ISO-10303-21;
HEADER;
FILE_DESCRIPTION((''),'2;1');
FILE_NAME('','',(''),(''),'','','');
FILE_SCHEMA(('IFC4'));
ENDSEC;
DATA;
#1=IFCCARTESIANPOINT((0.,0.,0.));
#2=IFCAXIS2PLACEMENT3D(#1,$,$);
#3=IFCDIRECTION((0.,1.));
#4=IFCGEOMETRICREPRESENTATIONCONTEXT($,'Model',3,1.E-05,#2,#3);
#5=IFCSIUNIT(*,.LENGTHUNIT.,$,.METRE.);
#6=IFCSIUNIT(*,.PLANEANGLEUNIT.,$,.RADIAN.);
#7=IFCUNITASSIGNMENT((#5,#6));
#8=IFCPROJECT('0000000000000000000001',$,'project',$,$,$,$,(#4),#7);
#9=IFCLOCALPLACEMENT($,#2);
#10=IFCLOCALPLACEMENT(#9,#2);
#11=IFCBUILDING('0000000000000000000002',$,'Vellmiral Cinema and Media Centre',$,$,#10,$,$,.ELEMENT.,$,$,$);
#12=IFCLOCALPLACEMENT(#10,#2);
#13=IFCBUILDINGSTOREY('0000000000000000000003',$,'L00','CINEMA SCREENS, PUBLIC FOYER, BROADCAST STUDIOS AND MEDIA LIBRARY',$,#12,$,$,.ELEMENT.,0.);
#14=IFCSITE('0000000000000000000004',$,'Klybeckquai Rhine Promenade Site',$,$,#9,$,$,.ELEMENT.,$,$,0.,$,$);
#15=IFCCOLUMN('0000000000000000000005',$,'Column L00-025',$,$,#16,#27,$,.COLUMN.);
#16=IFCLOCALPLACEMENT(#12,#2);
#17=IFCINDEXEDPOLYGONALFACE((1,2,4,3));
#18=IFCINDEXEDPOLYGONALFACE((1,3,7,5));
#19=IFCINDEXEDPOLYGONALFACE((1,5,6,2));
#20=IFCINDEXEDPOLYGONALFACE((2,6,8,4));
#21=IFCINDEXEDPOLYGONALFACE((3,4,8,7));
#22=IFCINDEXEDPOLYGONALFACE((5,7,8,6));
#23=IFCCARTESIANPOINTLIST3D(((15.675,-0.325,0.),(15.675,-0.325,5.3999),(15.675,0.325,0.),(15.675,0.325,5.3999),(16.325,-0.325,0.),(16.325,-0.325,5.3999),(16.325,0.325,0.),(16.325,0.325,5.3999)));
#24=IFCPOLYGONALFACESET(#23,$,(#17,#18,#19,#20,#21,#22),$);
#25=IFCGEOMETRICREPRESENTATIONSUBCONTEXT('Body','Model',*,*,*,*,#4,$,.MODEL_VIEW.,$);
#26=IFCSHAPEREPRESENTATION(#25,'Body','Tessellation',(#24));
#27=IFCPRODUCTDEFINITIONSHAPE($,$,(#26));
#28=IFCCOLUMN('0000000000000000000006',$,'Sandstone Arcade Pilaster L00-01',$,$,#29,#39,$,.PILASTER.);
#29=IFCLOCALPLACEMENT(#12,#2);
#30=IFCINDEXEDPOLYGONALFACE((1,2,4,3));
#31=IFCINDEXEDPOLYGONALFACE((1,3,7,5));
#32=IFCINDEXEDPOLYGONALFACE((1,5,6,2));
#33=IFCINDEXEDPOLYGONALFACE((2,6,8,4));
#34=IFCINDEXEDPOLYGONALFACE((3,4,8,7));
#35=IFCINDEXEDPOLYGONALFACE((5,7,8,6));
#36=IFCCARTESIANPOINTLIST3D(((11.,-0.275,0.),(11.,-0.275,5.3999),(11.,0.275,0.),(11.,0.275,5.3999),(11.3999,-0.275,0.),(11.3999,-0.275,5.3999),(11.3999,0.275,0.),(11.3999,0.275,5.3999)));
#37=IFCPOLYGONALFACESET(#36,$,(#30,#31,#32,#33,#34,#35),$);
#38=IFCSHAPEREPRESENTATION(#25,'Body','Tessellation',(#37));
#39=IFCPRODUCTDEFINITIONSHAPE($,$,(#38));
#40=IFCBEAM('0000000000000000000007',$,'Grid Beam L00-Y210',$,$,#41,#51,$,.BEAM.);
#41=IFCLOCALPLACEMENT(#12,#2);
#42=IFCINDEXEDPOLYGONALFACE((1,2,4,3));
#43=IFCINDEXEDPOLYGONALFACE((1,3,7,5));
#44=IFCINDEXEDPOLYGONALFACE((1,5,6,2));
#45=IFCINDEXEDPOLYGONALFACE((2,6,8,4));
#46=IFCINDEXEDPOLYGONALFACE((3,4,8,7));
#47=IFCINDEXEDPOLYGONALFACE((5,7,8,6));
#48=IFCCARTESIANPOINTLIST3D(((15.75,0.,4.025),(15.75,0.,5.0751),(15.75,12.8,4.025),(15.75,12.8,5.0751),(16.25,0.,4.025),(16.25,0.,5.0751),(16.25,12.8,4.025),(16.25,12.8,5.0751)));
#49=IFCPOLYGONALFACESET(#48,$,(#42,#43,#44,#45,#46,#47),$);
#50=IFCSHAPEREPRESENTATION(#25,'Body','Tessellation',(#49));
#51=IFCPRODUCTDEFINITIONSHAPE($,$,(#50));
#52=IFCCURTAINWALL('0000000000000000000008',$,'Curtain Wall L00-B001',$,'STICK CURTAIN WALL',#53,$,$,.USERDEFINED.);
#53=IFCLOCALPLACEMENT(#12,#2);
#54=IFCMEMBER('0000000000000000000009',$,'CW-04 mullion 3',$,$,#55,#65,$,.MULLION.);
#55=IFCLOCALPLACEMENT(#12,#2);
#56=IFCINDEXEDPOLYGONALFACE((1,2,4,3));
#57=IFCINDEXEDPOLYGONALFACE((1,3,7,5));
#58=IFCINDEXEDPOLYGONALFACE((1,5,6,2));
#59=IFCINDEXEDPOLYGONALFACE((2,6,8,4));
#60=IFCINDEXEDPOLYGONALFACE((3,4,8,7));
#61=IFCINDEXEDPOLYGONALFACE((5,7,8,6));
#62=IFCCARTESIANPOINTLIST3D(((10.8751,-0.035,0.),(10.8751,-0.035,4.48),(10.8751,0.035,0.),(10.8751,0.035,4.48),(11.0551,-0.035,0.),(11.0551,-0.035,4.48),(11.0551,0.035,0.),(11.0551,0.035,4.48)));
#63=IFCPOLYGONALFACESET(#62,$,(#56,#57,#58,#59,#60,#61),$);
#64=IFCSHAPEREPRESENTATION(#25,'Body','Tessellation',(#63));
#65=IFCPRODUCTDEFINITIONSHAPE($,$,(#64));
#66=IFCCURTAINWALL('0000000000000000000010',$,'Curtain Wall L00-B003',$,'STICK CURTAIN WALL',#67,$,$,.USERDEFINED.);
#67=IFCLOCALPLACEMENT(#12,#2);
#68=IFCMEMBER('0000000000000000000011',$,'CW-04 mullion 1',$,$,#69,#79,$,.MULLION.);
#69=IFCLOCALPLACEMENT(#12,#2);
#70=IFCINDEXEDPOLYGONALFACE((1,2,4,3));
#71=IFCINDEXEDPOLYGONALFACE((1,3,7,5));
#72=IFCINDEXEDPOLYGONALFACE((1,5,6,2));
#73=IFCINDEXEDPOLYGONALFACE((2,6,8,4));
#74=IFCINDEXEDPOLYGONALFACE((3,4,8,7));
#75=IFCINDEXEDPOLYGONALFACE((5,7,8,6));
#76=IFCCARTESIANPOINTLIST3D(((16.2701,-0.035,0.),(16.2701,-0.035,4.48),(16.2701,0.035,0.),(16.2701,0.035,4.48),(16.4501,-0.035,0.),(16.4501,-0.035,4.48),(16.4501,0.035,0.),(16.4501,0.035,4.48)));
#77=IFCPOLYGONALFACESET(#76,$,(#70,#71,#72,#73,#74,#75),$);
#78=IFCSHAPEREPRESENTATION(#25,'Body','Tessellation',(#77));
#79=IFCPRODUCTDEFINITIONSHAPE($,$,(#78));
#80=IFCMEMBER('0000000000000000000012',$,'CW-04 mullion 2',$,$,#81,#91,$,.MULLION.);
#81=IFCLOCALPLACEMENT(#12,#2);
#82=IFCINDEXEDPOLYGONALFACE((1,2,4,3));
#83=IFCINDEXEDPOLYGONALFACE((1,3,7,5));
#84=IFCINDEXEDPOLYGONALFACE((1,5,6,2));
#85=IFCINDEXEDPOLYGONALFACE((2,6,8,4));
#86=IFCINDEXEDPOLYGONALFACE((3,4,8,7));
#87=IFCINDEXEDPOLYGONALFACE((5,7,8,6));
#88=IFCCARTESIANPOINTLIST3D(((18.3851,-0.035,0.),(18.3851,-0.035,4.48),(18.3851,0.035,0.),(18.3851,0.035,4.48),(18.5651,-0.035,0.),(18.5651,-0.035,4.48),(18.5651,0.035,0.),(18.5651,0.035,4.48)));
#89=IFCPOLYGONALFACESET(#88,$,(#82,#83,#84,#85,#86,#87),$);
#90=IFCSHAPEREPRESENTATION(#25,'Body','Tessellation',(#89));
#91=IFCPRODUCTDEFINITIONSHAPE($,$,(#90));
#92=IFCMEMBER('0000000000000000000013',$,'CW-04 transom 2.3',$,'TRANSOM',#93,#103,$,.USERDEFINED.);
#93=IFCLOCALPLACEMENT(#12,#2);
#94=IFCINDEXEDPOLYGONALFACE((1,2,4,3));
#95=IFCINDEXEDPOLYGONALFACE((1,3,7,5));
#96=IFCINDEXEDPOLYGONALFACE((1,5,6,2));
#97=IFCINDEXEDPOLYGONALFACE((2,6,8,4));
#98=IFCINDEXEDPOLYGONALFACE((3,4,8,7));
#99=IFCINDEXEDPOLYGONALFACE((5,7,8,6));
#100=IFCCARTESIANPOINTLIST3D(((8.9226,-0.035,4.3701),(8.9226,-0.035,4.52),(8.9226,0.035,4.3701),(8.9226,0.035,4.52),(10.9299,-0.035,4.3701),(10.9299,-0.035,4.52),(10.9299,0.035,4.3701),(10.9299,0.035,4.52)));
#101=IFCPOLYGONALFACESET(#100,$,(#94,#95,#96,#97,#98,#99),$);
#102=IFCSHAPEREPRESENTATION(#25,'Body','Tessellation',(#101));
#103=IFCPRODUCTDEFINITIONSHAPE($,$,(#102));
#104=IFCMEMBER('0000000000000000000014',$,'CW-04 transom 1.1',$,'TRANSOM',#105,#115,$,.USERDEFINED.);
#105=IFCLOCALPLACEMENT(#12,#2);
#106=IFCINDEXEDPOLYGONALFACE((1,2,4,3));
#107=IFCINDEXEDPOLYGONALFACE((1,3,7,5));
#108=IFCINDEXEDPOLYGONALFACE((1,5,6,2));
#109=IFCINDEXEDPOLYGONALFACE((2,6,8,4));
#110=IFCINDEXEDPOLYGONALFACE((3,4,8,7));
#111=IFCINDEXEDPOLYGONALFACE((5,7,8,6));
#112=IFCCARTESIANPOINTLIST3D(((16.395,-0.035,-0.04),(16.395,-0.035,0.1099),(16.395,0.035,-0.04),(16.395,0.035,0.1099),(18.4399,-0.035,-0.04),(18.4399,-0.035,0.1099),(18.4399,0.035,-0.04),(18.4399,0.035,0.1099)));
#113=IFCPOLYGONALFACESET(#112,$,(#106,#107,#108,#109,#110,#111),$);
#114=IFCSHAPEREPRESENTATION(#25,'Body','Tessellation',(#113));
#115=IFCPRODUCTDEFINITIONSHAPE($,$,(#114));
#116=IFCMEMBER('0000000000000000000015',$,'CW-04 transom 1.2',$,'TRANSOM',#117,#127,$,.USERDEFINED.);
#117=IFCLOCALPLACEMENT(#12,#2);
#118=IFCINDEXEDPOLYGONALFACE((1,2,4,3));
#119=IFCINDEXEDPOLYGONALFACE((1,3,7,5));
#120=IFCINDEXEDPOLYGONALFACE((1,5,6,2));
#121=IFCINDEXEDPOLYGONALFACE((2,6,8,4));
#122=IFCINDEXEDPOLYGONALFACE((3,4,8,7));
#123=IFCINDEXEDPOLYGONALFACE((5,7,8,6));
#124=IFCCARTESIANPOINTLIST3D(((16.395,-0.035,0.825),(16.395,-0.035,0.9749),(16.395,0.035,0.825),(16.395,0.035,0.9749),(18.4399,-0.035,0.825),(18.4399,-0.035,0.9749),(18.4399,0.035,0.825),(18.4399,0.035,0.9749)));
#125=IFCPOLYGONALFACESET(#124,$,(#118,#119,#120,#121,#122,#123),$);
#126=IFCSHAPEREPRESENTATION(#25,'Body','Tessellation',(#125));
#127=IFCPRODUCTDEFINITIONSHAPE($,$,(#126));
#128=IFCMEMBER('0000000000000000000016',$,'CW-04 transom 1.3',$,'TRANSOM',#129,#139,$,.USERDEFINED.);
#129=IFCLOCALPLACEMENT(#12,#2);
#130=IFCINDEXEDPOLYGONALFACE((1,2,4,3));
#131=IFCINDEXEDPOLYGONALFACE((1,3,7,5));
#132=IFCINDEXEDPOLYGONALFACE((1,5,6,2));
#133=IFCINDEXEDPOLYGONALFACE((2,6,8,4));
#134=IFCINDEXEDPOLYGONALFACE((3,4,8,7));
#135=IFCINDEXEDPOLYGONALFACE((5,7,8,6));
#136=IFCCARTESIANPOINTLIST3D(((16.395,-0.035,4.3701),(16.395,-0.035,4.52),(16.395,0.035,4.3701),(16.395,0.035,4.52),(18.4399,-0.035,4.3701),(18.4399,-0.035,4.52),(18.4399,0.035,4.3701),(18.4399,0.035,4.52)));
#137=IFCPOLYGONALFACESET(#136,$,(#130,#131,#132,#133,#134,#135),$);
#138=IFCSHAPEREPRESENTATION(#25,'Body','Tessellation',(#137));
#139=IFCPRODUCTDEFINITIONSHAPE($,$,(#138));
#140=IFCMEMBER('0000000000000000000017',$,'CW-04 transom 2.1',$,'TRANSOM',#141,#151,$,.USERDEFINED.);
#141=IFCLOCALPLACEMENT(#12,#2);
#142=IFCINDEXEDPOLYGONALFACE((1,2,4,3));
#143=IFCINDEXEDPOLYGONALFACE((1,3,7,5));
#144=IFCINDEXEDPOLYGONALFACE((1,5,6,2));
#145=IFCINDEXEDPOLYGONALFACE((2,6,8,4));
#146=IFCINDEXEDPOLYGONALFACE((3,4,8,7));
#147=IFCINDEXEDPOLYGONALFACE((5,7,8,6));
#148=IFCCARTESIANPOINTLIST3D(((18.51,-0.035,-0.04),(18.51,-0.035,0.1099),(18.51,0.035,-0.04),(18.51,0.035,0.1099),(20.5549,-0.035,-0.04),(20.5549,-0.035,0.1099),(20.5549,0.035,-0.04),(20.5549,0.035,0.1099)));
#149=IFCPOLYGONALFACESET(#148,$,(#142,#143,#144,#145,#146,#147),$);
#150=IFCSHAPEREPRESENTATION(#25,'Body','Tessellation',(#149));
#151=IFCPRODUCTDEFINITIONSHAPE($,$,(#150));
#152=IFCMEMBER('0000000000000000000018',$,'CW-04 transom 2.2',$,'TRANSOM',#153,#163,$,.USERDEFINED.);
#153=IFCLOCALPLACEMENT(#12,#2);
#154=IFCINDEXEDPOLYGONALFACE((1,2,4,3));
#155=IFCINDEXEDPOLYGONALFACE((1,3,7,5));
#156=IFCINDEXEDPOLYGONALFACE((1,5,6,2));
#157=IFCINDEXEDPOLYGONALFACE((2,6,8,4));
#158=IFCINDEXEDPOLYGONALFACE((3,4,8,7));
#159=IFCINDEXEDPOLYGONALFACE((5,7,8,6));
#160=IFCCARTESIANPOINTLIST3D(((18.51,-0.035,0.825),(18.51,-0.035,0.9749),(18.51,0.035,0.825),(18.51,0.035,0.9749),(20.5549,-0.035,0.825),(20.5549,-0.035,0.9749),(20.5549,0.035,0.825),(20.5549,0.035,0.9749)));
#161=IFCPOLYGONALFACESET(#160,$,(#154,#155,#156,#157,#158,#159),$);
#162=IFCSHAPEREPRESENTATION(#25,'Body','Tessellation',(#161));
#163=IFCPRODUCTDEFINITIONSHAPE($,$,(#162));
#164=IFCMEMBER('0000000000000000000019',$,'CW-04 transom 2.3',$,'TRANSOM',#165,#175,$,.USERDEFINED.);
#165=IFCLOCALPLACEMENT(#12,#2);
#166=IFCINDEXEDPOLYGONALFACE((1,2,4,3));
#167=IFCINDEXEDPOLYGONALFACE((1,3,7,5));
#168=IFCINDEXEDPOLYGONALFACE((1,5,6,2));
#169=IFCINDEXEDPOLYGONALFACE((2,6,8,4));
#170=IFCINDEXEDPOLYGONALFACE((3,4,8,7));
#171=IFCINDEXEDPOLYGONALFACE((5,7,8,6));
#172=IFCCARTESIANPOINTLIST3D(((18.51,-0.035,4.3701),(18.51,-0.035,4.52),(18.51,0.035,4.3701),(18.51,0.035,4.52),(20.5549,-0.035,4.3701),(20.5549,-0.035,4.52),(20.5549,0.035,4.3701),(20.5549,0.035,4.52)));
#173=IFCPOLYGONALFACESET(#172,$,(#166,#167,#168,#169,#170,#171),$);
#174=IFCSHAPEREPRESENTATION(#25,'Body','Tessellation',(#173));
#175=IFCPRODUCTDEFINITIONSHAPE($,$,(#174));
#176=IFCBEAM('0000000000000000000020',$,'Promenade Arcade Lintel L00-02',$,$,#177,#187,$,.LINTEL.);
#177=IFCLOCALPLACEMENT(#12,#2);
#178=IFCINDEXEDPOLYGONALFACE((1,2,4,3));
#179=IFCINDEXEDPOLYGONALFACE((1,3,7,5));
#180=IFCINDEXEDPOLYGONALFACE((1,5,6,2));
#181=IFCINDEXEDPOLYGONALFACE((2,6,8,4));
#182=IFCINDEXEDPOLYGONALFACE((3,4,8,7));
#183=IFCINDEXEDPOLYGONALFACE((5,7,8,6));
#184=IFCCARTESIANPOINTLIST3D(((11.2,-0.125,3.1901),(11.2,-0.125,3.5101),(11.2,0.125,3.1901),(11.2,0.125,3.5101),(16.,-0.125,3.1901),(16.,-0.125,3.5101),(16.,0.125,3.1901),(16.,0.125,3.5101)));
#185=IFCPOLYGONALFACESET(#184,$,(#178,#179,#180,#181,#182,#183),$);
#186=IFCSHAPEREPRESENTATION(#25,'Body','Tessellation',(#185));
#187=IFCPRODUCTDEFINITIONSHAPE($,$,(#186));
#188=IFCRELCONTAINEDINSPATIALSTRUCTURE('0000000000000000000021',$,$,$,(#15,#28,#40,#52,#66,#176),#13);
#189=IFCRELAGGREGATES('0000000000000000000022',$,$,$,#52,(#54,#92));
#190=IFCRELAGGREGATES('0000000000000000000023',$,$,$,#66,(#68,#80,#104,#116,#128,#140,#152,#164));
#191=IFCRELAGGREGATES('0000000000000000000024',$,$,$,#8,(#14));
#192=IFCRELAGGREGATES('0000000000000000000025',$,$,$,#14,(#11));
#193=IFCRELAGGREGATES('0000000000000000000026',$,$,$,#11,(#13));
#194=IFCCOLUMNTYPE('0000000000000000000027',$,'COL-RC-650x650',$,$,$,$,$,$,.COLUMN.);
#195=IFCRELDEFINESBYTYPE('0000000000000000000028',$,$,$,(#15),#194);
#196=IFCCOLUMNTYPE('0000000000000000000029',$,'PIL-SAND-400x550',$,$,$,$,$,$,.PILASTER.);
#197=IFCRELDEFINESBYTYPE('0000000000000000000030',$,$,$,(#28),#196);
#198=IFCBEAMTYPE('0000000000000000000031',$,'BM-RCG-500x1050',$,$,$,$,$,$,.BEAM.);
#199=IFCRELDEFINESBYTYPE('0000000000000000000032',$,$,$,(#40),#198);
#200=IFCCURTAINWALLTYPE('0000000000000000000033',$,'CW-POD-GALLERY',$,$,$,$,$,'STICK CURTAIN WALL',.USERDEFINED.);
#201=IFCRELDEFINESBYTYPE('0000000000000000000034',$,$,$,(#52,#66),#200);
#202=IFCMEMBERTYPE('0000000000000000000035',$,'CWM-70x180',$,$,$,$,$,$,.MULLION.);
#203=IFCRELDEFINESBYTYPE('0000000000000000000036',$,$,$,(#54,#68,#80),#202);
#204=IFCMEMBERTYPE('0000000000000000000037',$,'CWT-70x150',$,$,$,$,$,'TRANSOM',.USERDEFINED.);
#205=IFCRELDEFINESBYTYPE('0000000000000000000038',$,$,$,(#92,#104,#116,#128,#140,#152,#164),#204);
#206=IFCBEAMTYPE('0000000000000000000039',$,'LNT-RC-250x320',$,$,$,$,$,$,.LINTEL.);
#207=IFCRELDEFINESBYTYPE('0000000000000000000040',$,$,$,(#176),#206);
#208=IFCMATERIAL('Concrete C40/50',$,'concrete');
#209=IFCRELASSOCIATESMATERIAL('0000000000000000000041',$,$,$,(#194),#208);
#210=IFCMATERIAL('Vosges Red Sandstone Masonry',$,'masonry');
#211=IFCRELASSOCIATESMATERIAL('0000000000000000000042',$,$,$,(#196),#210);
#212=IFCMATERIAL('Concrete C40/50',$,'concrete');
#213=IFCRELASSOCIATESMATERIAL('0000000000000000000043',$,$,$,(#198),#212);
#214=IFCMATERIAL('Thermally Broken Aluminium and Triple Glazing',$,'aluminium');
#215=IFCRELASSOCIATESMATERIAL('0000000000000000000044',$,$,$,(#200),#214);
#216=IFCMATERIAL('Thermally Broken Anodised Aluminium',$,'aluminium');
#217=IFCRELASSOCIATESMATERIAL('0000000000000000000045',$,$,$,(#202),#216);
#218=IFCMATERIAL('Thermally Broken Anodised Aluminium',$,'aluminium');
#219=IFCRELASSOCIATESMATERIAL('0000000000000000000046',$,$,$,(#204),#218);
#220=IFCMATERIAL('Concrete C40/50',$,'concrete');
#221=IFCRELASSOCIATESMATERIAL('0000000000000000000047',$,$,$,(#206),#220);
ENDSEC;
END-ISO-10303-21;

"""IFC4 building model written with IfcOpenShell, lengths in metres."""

from ifc_helpers import new_model, si_unit, direction, frame, origin, origin_2d, place, context, subcontext, project, spatial, rectangle, extrude, material, material_profile, profile_set, type_object, element, aggregate, save


model = new_model("IFC4")

# Units and contexts
model_context = context("Model", 3, precision=1e-05, world=origin(), true_north=direction((0.0, 1.0)))
body_context = subcontext(model_context, "Body", "Model", "MODEL_VIEW")
ifc_project = project(units=[si_unit("LENGTHUNIT", "METRE"), si_unit("PLANEANGLEUNIT", "RADIAN")], contexts=[model_context])

# Site, building, storey
site_placement = place(None, origin())
site = spatial("IfcSite", under=ifc_project, at=site_placement, Name="Klybeckquai Rhine Promenade Site", CompositionType="ELEMENT", RefElevation=0.0)
building_placement = place(site_placement, origin())
building = spatial("IfcBuilding", under=site, at=building_placement, Name="Vellmiral Cinema and Media Centre", CompositionType="ELEMENT")
storey_placement = place(building_placement, origin())
storey = spatial("IfcBuildingStorey", under=building, at=storey_placement, Name="L00", Description="CINEMA SCREENS, PUBLIC FOYER, BROADCAST STUDIOS AND MEDIA LIBRARY", CompositionType="ELEMENT", Elevation=0.0)

# Columns
ifc_material_1 = material(Name="Concrete C40/50", Category="concrete")
ifc_material_profile_1 = material_profile(ifc_material_1, rectangle(XDim=0.6499, YDim=0.6499, at=origin_2d()), Name="RC 650x650")
ifc_profile_set_1 = profile_set([ifc_material_profile_1], Name="Concrete C40/50")
column_type_1 = type_object("IfcColumnType", Name="COL-RC-650x650", PredefinedType="COLUMN", material=ifc_profile_set_1)
column_1_placement = place(storey_placement, frame((16.0, 0.0, 0.0), z_axis=(0.0, 0.0, 1.0), x_axis=(1.0, 0.0, 0.0)))
element("IfcColumn", 1, at=column_1_placement, inside=storey, type_object=column_type_1, Name="Column L00-025", PredefinedType="COLUMN", context=body_context, shape_type="SweptSolid", body=[
    extrude(rectangle(XDim=0.6499, YDim=0.6499, at=origin_2d()), origin(), (0.0, 0.0, 1.0), 5.3999),
])
ifc_material_2 = material(Name="Vosges Red Sandstone Masonry", Category="masonry")
ifc_material_profile_2 = material_profile(ifc_material_2, rectangle(XDim=0.3999, YDim=0.55, at=origin_2d()), Name="SAND 400x550")
ifc_profile_set_2 = profile_set([ifc_material_profile_2], Name="Vosges Red Sandstone Masonry")
column_type_2 = type_object("IfcColumnType", Name="PIL-SAND-400x550", PredefinedType="PILASTER", material=ifc_profile_set_2)
column_2_placement = place(storey_placement, frame((11.2, 0.0, 0.0), z_axis=(0.0, 0.0, 1.0), x_axis=(1.0, 0.0, 0.0)))
element("IfcColumn", 2, at=column_2_placement, inside=storey, type_object=column_type_2, Name="Sandstone Arcade Pilaster L00-01", PredefinedType="PILASTER", context=body_context, shape_type="SweptSolid", body=[
    extrude(rectangle(XDim=0.3999, YDim=0.55, at=origin_2d()), origin(), (0.0, 0.0, 1.0), 5.3999),
])

# Beam
ifc_material_3 = material(Name="Concrete C40/50", Category="concrete")
ifc_material_profile_3 = material_profile(ifc_material_3, rectangle(XDim=0.5, YDim=1.05, at=origin_2d()), Name="RC 500x1050")
ifc_profile_set_3 = profile_set([ifc_material_profile_3], Name="Concrete C40/50")
beam_type_1 = type_object("IfcBeamType", Name="BM-RCG-500x1050", PredefinedType="BEAM", material=ifc_profile_set_3)
beam_1_placement = place(storey_placement, frame((16.0, 0.0, 4.55), z_axis=(0.0, 1.0, 0.0), x_axis=(-1.0, 0.0, 0.0)))
element("IfcBeam", 3, at=beam_1_placement, inside=storey, type_object=beam_type_1, Name="Grid Beam L00-Y210", PredefinedType="BEAM", context=body_context, shape_type="SweptSolid", body=[
    extrude(rectangle(XDim=0.5, YDim=1.05, at=origin_2d()), origin(), (0.0, 0.0, 1.0), 12.8),
])

# Curtain wall, member
ifc_material_4 = material(Name="Thermally Broken Aluminium and Triple Glazing", Category="aluminium")
curtain_wall_type = type_object("IfcCurtainWallType", Name="CW-POD-GALLERY", ElementType="STICK CURTAIN WALL", PredefinedType="USERDEFINED", material=ifc_material_4)
curtain_wall_1_placement = place(storey_placement, origin())
curtain_wall_1 = element("IfcCurtainWall", 4, at=curtain_wall_1_placement, inside=storey, type_object=curtain_wall_type, Name="Curtain Wall L00-B001", ObjectType="STICK CURTAIN WALL", PredefinedType="USERDEFINED")
ifc_material_5 = material(Name="Thermally Broken Anodised Aluminium", Category="aluminium")
ifc_material_profile_4 = material_profile(ifc_material_5, rectangle(XDim=0.0701, YDim=0.1799, at=origin_2d()), Name="MULL 70x180")
ifc_profile_set_4 = profile_set([ifc_material_profile_4], Name="Thermally Broken Anodised Aluminium")
member_type_1 = type_object("IfcMemberType", Name="CWM-70x180", PredefinedType="MULLION", material=ifc_profile_set_4)
member_1_placement = place(storey_placement, frame((10.9651, 0.0, 0.0), z_axis=(0.0, 0.0, 1.0), x_axis=(0.0, 1.0, 0.0)))
member_1 = element("IfcMember", 5, at=member_1_placement, type_object=member_type_1, Name="CW-04 mullion 3", PredefinedType="MULLION", context=body_context, shape_type="SweptSolid", body=[
    extrude(rectangle(XDim=0.0701, YDim=0.1799, at=origin_2d()), origin(), (0.0, 0.0, 1.0), 4.48),
])

# Curtain wall, members
curtain_wall_2_placement = place(storey_placement, origin())
curtain_wall_2 = element("IfcCurtainWall", 6, at=curtain_wall_2_placement, inside=storey, type_object=curtain_wall_type, Name="Curtain Wall L00-B003", ObjectType="STICK CURTAIN WALL", PredefinedType="USERDEFINED")
member_2_placement = place(storey_placement, frame((16.3601, 0.0, 0.0), z_axis=(0.0, 0.0, 1.0), x_axis=(0.0, 1.0, 0.0)))
member_2 = element("IfcMember", 7, at=member_2_placement, type_object=member_type_1, Name="CW-04 mullion 1", PredefinedType="MULLION", context=body_context, shape_type="SweptSolid", body=[
    extrude(rectangle(XDim=0.0701, YDim=0.1799, at=origin_2d()), origin(), (0.0, 0.0, 1.0), 4.48),
])
member_3_placement = place(storey_placement, frame((18.4751, 0.0, 0.0), z_axis=(0.0, 0.0, 1.0), x_axis=(0.0, 1.0, 0.0)))
member_3 = element("IfcMember", 8, at=member_3_placement, type_object=member_type_1, Name="CW-04 mullion 2", PredefinedType="MULLION", context=body_context, shape_type="SweptSolid", body=[
    extrude(rectangle(XDim=0.0701, YDim=0.1799, at=origin_2d()), origin(), (0.0, 0.0, 1.0), 4.48),
])

# Members
ifc_material_6 = material(Name="Thermally Broken Anodised Aluminium", Category="aluminium")
ifc_material_profile_5 = material_profile(ifc_material_6, rectangle(XDim=0.0701, YDim=0.1499, at=origin_2d()), Name="MULL 70x150")
ifc_profile_set_5 = profile_set([ifc_material_profile_5], Name="Thermally Broken Anodised Aluminium")
member_type_2 = type_object("IfcMemberType", Name="CWT-70x150", ElementType="TRANSOM", PredefinedType="USERDEFINED", material=ifc_profile_set_5)
member_4_placement = place(storey_placement, frame((8.9226, 0.0, 4.4451), z_axis=(1.0, 0.0, 0.0), x_axis=(0.0, 1.0, 0.0)))
member_4 = element("IfcMember", 9, at=member_4_placement, type_object=member_type_2, Name="CW-04 transom 2.3", ObjectType="TRANSOM", PredefinedType="USERDEFINED", context=body_context, shape_type="SweptSolid", body=[
    extrude(rectangle(XDim=0.0701, YDim=0.1499, at=origin_2d()), origin(), (0.0, 0.0, 1.0), 2.0073),
])
member_5_placement = place(storey_placement, frame((16.395, 0.0, 0.0349), z_axis=(1.0, 0.0, 0.0), x_axis=(0.0, 1.0, 0.0)))
member_5 = element("IfcMember", 10, at=member_5_placement, type_object=member_type_2, Name="CW-04 transom 1.1", ObjectType="TRANSOM", PredefinedType="USERDEFINED", context=body_context, shape_type="SweptSolid", body=[
    extrude(rectangle(XDim=0.0701, YDim=0.1499, at=origin_2d()), origin(), (0.0, 0.0, 1.0), 2.0449),
])
member_6_placement = place(storey_placement, frame((16.395, 0.0, 0.8999), z_axis=(1.0, 0.0, 0.0), x_axis=(0.0, 1.0, 0.0)))
member_6 = element("IfcMember", 11, at=member_6_placement, type_object=member_type_2, Name="CW-04 transom 1.2", ObjectType="TRANSOM", PredefinedType="USERDEFINED", context=body_context, shape_type="SweptSolid", body=[
    extrude(rectangle(XDim=0.0701, YDim=0.1499, at=origin_2d()), origin(), (0.0, 0.0, 1.0), 2.0449),
])
member_7_placement = place(storey_placement, frame((16.395, 0.0, 4.4451), z_axis=(1.0, 0.0, 0.0), x_axis=(0.0, 1.0, 0.0)))
member_7 = element("IfcMember", 12, at=member_7_placement, type_object=member_type_2, Name="CW-04 transom 1.3", ObjectType="TRANSOM", PredefinedType="USERDEFINED", context=body_context, shape_type="SweptSolid", body=[
    extrude(rectangle(XDim=0.0701, YDim=0.1499, at=origin_2d()), origin(), (0.0, 0.0, 1.0), 2.0449),
])
member_8_placement = place(storey_placement, frame((18.51, 0.0, 0.0349), z_axis=(1.0, 0.0, 0.0), x_axis=(0.0, 1.0, 0.0)))
member_8 = element("IfcMember", 13, at=member_8_placement, type_object=member_type_2, Name="CW-04 transom 2.1", ObjectType="TRANSOM", PredefinedType="USERDEFINED", context=body_context, shape_type="SweptSolid", body=[
    extrude(rectangle(XDim=0.0701, YDim=0.1499, at=origin_2d()), origin(), (0.0, 0.0, 1.0), 2.0449),
])
member_9_placement = place(storey_placement, frame((18.51, 0.0, 0.8999), z_axis=(1.0, 0.0, 0.0), x_axis=(0.0, 1.0, 0.0)))
member_9 = element("IfcMember", 14, at=member_9_placement, type_object=member_type_2, Name="CW-04 transom 2.2", ObjectType="TRANSOM", PredefinedType="USERDEFINED", context=body_context, shape_type="SweptSolid", body=[
    extrude(rectangle(XDim=0.0701, YDim=0.1499, at=origin_2d()), origin(), (0.0, 0.0, 1.0), 2.0449),
])
member_10_placement = place(storey_placement, frame((18.51, 0.0, 4.4451), z_axis=(1.0, 0.0, 0.0), x_axis=(0.0, 1.0, 0.0)))
member_10 = element("IfcMember", 15, at=member_10_placement, type_object=member_type_2, Name="CW-04 transom 2.3", ObjectType="TRANSOM", PredefinedType="USERDEFINED", context=body_context, shape_type="SweptSolid", body=[
    extrude(rectangle(XDim=0.0701, YDim=0.1499, at=origin_2d()), origin(), (0.0, 0.0, 1.0), 2.0449),
])

# Beam
ifc_material_7 = material(Name="Concrete C40/50", Category="concrete")
ifc_material_profile_6 = material_profile(ifc_material_7, rectangle(XDim=0.25, YDim=0.3201, at=origin_2d()), Name="RC 250x320")
ifc_profile_set_6 = profile_set([ifc_material_profile_6], Name="Concrete C40/50")
beam_type_2 = type_object("IfcBeamType", Name="LNT-RC-250x320", PredefinedType="LINTEL", material=ifc_profile_set_6)
beam_2_placement = place(storey_placement, frame((11.2, 0.0, 3.3501), z_axis=(1.0, 0.0, 0.0), x_axis=(0.0, 1.0, 0.0)))
element("IfcBeam", 16, at=beam_2_placement, inside=storey, type_object=beam_type_2, Name="Promenade Arcade Lintel L00-02", PredefinedType="LINTEL", context=body_context, shape_type="SweptSolid", body=[
    extrude(rectangle(XDim=0.25, YDim=0.3201, at=origin_2d()), origin(), (0.0, 0.0, 1.0), 4.8),
])

aggregate(curtain_wall_1, [member_1, member_4])
aggregate(curtain_wall_2, [member_2, member_3, member_5, member_6, member_7, member_8, member_9, member_10])

save(model, "model.ifc")
